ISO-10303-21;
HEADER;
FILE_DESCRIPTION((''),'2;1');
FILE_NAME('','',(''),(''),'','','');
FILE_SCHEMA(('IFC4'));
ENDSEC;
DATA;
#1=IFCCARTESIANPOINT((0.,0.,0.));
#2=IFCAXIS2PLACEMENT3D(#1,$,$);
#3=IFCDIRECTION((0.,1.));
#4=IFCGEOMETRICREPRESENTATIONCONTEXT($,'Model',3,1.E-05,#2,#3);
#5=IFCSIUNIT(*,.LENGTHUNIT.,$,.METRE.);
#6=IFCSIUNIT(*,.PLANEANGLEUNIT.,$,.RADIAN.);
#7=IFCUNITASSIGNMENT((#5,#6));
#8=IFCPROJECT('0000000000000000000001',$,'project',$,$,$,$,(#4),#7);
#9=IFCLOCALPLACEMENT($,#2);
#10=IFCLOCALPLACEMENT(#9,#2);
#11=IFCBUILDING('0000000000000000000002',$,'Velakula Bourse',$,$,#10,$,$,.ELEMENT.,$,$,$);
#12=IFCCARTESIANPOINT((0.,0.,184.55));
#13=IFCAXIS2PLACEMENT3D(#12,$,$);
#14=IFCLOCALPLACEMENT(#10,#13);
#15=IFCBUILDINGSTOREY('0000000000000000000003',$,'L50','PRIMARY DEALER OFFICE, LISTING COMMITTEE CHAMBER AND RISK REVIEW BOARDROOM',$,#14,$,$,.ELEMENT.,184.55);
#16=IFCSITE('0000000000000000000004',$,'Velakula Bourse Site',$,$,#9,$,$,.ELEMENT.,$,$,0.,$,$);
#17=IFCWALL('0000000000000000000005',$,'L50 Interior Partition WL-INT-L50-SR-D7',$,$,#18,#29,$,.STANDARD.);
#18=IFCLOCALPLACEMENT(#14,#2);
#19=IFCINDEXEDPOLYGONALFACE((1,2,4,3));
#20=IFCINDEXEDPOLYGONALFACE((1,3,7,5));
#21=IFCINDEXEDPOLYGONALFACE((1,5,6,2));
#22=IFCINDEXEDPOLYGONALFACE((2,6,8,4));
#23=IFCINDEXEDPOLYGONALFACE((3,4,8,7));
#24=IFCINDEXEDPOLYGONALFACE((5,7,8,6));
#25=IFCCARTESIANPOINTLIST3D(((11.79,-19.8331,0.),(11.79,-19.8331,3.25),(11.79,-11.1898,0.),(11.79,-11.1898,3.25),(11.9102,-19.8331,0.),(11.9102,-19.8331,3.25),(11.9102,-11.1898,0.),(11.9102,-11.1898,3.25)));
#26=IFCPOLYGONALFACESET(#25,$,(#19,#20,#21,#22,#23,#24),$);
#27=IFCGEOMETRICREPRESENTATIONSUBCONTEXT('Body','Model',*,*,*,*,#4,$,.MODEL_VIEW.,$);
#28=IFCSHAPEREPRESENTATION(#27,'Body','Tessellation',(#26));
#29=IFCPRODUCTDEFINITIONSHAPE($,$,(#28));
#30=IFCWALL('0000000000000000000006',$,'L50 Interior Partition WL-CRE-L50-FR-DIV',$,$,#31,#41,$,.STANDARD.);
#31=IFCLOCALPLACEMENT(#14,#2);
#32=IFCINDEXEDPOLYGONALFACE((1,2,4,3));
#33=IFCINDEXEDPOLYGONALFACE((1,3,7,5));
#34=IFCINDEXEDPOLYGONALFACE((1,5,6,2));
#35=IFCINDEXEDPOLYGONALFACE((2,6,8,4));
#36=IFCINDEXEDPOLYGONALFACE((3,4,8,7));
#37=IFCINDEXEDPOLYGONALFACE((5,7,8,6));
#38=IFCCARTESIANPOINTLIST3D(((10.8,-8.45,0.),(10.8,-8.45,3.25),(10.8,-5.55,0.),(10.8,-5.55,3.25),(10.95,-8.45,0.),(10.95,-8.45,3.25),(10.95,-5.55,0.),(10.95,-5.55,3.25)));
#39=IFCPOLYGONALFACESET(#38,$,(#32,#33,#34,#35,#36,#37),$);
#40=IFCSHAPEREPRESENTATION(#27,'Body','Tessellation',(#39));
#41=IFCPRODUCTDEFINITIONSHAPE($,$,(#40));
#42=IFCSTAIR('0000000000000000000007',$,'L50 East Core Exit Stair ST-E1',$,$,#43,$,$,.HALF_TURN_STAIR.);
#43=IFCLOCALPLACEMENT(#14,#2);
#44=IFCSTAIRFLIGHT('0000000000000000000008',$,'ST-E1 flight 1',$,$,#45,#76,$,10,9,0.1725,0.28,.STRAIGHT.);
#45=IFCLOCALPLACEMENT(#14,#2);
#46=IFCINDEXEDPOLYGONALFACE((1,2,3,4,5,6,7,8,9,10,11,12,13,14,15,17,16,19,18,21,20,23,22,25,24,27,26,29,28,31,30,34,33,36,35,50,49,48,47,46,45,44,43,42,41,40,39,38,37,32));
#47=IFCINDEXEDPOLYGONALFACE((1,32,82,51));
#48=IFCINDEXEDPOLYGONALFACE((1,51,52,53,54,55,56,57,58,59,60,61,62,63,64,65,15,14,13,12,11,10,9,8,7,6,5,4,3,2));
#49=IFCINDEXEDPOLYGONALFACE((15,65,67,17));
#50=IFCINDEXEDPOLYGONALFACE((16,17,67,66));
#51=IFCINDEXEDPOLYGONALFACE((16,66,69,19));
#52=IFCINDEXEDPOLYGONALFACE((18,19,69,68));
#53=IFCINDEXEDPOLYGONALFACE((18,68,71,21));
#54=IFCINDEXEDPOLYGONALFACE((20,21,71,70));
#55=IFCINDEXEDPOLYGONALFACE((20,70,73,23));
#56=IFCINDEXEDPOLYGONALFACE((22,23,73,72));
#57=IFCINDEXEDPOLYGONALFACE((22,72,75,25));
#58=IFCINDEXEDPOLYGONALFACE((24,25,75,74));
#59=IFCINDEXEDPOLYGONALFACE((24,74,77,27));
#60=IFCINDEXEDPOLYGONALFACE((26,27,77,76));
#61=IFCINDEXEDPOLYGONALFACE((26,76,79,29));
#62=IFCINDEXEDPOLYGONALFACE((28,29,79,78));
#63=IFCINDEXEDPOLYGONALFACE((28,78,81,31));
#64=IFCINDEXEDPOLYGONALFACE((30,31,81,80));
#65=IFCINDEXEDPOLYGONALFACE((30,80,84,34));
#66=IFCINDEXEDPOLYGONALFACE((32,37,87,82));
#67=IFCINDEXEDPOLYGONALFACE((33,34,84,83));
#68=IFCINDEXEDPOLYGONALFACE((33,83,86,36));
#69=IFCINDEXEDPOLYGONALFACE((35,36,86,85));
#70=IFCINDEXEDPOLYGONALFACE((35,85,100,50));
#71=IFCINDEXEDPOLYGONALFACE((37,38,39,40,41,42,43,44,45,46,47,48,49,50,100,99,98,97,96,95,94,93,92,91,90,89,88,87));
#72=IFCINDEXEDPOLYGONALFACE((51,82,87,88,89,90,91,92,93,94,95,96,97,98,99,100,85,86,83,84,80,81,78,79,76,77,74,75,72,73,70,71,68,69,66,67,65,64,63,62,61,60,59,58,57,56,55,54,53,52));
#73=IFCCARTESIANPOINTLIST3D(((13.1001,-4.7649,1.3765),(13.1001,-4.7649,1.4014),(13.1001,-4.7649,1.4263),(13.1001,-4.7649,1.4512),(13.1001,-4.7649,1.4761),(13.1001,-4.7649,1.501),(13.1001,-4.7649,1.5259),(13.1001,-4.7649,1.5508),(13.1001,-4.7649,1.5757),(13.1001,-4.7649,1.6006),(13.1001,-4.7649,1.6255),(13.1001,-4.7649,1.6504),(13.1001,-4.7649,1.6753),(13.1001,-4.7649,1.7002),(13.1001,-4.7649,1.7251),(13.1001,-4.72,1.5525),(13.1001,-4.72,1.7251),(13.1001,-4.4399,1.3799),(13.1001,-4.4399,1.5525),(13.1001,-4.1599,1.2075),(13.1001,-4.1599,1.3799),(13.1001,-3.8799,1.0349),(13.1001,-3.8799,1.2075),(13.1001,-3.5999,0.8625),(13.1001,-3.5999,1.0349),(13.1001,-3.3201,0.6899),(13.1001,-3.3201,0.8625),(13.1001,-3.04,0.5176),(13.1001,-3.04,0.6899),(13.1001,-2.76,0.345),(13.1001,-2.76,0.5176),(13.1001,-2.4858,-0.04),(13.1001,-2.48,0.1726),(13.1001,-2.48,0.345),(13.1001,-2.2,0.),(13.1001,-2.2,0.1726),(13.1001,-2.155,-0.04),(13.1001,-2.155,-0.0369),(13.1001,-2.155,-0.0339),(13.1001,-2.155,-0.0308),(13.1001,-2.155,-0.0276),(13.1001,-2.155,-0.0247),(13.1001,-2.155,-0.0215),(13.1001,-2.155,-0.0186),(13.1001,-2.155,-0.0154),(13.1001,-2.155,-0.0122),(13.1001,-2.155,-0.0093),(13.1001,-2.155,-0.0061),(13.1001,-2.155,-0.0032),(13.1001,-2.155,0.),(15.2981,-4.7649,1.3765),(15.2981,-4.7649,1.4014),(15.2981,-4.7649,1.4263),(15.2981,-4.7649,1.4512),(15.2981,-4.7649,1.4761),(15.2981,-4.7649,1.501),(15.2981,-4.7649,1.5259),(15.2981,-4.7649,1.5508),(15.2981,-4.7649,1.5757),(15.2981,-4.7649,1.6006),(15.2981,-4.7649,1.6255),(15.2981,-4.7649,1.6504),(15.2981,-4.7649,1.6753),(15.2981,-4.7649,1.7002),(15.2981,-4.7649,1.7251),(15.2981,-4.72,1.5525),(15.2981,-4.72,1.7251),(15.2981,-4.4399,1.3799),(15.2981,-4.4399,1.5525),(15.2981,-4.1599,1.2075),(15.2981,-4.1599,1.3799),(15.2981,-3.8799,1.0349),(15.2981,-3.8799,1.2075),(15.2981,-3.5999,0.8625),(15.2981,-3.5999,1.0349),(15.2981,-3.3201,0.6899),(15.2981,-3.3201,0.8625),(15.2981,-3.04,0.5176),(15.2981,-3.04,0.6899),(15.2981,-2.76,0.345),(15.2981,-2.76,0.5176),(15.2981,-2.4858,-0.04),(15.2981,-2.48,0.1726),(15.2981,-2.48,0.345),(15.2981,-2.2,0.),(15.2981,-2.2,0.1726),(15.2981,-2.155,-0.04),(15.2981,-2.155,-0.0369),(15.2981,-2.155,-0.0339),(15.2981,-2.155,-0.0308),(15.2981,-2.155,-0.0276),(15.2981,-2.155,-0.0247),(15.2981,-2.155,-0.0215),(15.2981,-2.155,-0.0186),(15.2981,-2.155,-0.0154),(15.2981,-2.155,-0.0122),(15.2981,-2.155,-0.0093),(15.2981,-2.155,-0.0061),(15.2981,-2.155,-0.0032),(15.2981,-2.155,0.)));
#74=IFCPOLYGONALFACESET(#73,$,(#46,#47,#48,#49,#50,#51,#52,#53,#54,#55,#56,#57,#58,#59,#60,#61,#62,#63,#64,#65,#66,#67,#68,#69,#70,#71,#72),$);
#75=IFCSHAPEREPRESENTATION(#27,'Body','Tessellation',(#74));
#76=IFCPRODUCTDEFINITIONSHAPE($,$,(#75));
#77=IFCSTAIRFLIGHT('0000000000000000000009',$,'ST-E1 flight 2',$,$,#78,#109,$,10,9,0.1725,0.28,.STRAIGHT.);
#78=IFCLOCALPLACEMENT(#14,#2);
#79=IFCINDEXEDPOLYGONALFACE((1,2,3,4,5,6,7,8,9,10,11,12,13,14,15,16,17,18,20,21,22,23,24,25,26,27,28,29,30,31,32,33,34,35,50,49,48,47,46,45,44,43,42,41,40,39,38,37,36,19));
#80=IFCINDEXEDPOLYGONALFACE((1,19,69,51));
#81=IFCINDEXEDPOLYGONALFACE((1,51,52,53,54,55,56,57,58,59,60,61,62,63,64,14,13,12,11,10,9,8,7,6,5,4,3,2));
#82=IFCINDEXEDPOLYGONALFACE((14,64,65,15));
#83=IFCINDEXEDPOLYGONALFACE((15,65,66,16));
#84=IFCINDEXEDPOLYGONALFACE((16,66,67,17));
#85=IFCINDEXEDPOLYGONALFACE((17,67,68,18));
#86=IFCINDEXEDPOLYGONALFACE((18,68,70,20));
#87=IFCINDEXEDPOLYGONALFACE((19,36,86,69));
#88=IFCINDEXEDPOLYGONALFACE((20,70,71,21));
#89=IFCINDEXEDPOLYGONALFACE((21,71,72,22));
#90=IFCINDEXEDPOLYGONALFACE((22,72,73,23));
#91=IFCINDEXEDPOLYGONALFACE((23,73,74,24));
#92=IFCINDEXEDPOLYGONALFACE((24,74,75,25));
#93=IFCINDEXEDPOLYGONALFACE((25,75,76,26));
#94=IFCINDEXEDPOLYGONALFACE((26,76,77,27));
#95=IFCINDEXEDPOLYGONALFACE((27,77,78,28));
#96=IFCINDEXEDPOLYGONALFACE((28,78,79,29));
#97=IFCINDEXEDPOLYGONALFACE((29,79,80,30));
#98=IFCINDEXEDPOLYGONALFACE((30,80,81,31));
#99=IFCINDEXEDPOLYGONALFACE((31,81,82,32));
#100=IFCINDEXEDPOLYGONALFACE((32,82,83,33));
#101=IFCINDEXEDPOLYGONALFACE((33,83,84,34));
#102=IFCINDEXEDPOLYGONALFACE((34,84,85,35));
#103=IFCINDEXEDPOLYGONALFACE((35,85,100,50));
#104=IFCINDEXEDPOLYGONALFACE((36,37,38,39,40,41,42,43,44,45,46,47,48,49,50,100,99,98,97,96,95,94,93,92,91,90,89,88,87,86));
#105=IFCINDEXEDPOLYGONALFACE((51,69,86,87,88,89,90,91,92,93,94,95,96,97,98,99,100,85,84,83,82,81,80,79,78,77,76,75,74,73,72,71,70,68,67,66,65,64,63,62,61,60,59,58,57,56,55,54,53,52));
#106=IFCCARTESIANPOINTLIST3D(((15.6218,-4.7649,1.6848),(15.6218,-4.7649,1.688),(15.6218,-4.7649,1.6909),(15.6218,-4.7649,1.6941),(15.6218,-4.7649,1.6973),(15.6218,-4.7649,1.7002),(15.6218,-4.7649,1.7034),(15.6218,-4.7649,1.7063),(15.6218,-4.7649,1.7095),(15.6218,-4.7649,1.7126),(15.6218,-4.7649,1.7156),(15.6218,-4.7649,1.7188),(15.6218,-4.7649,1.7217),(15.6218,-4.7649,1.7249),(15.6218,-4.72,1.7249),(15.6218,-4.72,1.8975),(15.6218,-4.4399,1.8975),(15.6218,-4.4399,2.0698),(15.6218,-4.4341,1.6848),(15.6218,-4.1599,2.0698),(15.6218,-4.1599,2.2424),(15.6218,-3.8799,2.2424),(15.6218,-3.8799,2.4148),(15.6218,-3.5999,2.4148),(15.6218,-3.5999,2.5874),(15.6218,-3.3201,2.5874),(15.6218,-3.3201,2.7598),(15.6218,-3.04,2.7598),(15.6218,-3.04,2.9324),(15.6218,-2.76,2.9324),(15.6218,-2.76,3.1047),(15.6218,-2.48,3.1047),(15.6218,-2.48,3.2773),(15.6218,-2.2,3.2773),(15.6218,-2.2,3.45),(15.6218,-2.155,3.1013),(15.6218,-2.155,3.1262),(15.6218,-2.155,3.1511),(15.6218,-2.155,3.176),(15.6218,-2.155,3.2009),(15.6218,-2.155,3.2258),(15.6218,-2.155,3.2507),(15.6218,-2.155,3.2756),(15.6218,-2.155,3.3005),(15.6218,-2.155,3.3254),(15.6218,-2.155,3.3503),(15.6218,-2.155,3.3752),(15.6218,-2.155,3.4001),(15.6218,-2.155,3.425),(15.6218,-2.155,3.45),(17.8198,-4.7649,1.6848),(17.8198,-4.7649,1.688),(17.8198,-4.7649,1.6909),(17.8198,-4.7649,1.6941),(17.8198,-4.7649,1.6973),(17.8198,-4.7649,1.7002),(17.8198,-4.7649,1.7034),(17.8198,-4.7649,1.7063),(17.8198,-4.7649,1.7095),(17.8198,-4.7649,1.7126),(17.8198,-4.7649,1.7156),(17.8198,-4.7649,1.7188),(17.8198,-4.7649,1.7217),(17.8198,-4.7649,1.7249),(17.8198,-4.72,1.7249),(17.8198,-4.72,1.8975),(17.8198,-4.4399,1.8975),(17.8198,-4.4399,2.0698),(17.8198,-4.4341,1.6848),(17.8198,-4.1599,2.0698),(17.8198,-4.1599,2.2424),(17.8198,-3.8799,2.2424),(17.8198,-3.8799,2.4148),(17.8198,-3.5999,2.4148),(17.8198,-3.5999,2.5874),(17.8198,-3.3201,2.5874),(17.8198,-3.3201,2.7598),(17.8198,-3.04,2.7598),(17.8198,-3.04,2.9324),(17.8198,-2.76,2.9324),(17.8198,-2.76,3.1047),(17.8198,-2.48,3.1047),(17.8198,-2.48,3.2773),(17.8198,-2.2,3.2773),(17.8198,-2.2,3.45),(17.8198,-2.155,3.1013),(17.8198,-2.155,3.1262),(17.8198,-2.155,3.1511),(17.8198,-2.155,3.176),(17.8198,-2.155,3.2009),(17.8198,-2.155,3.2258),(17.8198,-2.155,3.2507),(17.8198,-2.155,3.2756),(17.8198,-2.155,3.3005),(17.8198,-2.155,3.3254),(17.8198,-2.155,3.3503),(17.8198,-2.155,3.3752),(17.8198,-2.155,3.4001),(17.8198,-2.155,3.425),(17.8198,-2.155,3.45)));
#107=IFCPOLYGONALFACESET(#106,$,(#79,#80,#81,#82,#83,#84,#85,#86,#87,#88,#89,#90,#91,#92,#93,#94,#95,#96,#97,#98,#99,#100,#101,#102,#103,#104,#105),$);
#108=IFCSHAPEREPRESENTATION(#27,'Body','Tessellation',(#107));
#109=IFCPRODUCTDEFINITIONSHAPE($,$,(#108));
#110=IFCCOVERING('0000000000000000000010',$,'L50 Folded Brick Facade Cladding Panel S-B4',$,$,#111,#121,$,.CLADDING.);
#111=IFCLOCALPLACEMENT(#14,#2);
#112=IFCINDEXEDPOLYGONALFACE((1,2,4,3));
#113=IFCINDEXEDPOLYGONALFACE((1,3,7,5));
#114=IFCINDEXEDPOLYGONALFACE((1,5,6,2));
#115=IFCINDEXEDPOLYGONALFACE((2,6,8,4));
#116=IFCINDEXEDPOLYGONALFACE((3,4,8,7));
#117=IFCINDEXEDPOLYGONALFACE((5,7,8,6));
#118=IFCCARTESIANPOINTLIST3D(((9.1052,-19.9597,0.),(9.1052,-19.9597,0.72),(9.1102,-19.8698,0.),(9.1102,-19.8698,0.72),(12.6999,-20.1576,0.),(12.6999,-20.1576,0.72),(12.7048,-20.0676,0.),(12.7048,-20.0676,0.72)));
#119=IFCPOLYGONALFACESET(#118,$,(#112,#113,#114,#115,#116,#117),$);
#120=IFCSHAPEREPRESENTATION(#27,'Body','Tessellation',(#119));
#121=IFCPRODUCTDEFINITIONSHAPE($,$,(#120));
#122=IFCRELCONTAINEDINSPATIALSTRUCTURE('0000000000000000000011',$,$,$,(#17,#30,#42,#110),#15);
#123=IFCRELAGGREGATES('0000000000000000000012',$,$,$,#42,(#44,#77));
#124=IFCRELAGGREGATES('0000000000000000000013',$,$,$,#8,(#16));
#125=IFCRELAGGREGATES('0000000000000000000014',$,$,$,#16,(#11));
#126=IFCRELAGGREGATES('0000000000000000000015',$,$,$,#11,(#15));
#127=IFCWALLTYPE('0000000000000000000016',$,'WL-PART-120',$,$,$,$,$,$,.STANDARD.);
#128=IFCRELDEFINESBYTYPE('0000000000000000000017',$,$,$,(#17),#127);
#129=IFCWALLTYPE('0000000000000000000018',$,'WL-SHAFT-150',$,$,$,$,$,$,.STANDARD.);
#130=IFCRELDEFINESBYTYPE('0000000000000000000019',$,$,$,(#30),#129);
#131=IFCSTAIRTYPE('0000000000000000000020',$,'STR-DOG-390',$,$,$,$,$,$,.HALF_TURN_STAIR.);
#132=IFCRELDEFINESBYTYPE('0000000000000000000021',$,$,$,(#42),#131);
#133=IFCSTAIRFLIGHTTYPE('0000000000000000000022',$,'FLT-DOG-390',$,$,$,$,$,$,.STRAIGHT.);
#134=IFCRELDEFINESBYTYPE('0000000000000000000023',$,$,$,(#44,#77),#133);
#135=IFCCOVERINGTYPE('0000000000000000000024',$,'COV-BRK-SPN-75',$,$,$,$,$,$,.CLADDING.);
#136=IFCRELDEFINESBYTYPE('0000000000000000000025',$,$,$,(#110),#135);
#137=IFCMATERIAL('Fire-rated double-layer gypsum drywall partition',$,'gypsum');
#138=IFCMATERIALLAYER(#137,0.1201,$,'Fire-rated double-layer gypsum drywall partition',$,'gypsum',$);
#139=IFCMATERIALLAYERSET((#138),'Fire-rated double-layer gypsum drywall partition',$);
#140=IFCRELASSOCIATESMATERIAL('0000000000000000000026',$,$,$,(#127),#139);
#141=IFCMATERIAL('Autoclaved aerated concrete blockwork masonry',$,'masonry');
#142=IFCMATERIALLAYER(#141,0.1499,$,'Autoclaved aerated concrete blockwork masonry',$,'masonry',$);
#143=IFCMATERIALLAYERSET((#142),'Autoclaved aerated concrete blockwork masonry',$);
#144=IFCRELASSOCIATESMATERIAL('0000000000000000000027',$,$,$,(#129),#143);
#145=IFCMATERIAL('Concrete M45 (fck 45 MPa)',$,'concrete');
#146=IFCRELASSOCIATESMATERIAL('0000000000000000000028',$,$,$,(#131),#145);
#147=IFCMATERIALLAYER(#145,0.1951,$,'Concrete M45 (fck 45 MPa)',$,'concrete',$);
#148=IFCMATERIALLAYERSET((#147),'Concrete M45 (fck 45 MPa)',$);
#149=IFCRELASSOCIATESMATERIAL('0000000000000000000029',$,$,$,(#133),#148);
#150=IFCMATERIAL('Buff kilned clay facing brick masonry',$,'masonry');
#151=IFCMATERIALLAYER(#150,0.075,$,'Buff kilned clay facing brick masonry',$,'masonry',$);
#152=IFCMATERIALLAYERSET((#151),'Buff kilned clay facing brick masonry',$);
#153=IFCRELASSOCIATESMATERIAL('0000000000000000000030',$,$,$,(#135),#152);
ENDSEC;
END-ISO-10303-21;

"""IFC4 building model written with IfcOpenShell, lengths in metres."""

from ifc_helpers import new_model, si_unit, direction, frame, frame_2d, origin, origin_2d, place, context, subcontext, project, spatial, polyline, rectangle, outline, extrude, material, layer, layer_set, type_object, element, aggregate, save


model = new_model("IFC4")

# Units and contexts
model_context = context("Model", 3, precision=1e-05, world=origin(), true_north=direction((0.0, 1.0)))
body_context = subcontext(model_context, "Body", "Model", "MODEL_VIEW")
ifc_project = project(units=[si_unit("LENGTHUNIT", "METRE"), si_unit("PLANEANGLEUNIT", "RADIAN")], contexts=[model_context])

# Site, building, storey
site_placement = place(None, origin())
site = spatial("IfcSite", under=ifc_project, at=site_placement, Name="Velakula Bourse Site", CompositionType="ELEMENT", RefElevation=0.0)
building_placement = place(site_placement, origin())
building = spatial("IfcBuilding", under=site, at=building_placement, Name="Velakula Bourse", CompositionType="ELEMENT")
storey_placement = place(building_placement, frame((0.0, 0.0, 184.55)))
storey = spatial("IfcBuildingStorey", under=building, at=storey_placement, Name="L50", Description="PRIMARY DEALER OFFICE, LISTING COMMITTEE CHAMBER AND RISK REVIEW BOARDROOM", CompositionType="ELEMENT", Elevation=184.55)

# Wall
ifc_material_1 = material(Name="Fire-rated double-layer gypsum drywall partition", Category="gypsum")
ifc_layer_1 = layer(ifc_material_1, 0.1201, Name="Fire-rated double-layer gypsum drywall partition", Category="gypsum")
ifc_layer_set_1 = layer_set([ifc_layer_1], Name="Fire-rated double-layer gypsum drywall partition")
wall_type_1 = type_object("IfcWallType", Name="WL-PART-120", PredefinedType="STANDARD", material=ifc_layer_set_1)
wall_1_placement = place(storey_placement, frame((11.8501, -19.8333, 0.0), z_axis=(0.0, 0.0, 1.0), x_axis=(0.0, 1.0, 0.0)))
element("IfcWall", 1, at=wall_1_placement, inside=storey, type_object=wall_type_1, Name="L50 Interior Partition WL-INT-L50-SR-D7", PredefinedType="STANDARD", context=body_context, shape_type="SweptSolid", body=[
    extrude(rectangle(XDim=8.6433, YDim=0.1201, at=frame_2d((4.3218, 0.0))), origin(), (0.0, 0.0, 1.0), 3.25),
])

# Shared definitions
ifc_material_2 = material(Name="Autoclaved aerated concrete blockwork masonry", Category="masonry")
ifc_layer_2 = layer(ifc_material_2, 0.1499, Name="Autoclaved aerated concrete blockwork masonry", Category="masonry")
ifc_layer_set_2 = layer_set([ifc_layer_2], Name="Autoclaved aerated concrete blockwork masonry")
wall_type_2 = type_object("IfcWallType", Name="WL-SHAFT-150", PredefinedType="STANDARD", material=ifc_layer_set_2)

# Wall
wall_2_placement = place(storey_placement, frame((10.875, -8.45, 0.0), z_axis=(0.0, 0.0, 1.0), x_axis=(0.0, 1.0, 0.0)))
element("IfcWall", 2, at=wall_2_placement, inside=storey, type_object=wall_type_2, Name="L50 Interior Partition WL-CRE-L50-FR-DIV", PredefinedType="STANDARD", context=body_context, shape_type="SweptSolid", body=[
    extrude(rectangle(XDim=2.8999, YDim=0.1499, at=frame_2d((1.45, 0.0))), origin(), (0.0, 0.0, 1.0), 3.25),
])

# Stair, stair flights
ifc_material_3 = material(Name="Concrete M45 (fck 45 MPa)", Category="concrete")
stair_type = type_object("IfcStairType", Name="STR-DOG-390", PredefinedType="HALF_TURN_STAIR", material=ifc_material_3)
stair_placement = place(storey_placement, origin())
stair = element("IfcStair", 3, at=stair_placement, inside=storey, type_object=stair_type, Name="L50 East Core Exit Stair ST-E1", PredefinedType="HALF_TURN_STAIR")
ifc_layer_3 = layer(ifc_material_3, 0.1951, Name="Concrete M45 (fck 45 MPa)", Category="concrete")
ifc_layer_set_3 = layer_set([ifc_layer_3], Name="Concrete M45 (fck 45 MPa)")
stair_flight_type = type_object("IfcStairFlightType", Name="FLT-DOG-390", PredefinedType="STRAIGHT", material=ifc_layer_set_3)
stair_flight_1_placement = place(storey_placement, frame((14.199, -2.2, 0.0), z_axis=(0.0, 0.0, 1.0), x_axis=(0.0, -1.0, 0.0)))
stair_flight_1 = element("IfcStairFlight", 4, at=stair_flight_1_placement, type_object=stair_flight_type, Name="ST-E1 flight 1", NumberOfRisers=10, NumberOfTreads=9, PredefinedType="STRAIGHT", RiserHeight=0.1725, TreadLength=0.28, context=body_context, shape_type="SweptSolid", body=[
    extrude(outline(polyline([(-0.0449, -0.04), (-0.0449, -0.0369), (-0.0449, -0.0339), (-0.0449, -0.0308), (-0.0449, -0.0276), (-0.0449, -0.0247), (-0.0449, -0.0215), (-0.0449, -0.0186), (-0.0449, -0.0154), (-0.0449, -0.0122), (-0.0449, -0.0093), (-0.0449, -0.0061), (-0.0449, -0.0032), (-0.0449, 0.0), (0.0, 0.0), (0.0, 0.1726), (0.28, 0.1726), (0.28, 0.345), (0.5601, 0.345), (0.5601, 0.5176), (0.8401, 0.5176), (0.8401, 0.6899), (1.1201, 0.6899), (1.1201, 0.8625), (1.3999, 0.8625), (1.3999, 1.0349), (1.6799, 1.0349), (1.6799, 1.2075), (1.96, 1.2075), (1.96, 1.3799), (2.24, 1.3799), (2.24, 1.5525), (2.52, 1.5525), (2.52, 1.7251), (2.5649, 1.7251), (2.5649, 1.7002), (2.5649, 1.6753), (2.5649, 1.6504), (2.5649, 1.6255), (2.5649, 1.6006), (2.5649, 1.5757), (2.5649, 1.5508), (2.5649, 1.5259), (2.5649, 1.501), (2.5649, 1.4761), (2.5649, 1.4512), (2.5649, 1.4263), (2.5649, 1.4014), (2.5649, 1.3765), (0.2859, -0.04), (-0.0449, -0.04)])), frame((0.0, 1.0991, 0.0), z_axis=(0.0, -1.0, 0.0), x_axis=(1.0, 0.0, 0.0)), (0.0, 0.0, 1.0), 2.198),
])
stair_flight_2_placement = place(storey_placement, frame((16.7209, -4.72, 1.7249), z_axis=(0.0, 0.0, 1.0), x_axis=(0.0, 1.0, 0.0)))
stair_flight_2 = element("IfcStairFlight", 5, at=stair_flight_2_placement, type_object=stair_flight_type, Name="ST-E1 flight 2", NumberOfRisers=10, NumberOfTreads=9, PredefinedType="STRAIGHT", RiserHeight=0.1725, TreadLength=0.28, context=body_context, shape_type="SweptSolid", body=[
    extrude(outline(polyline([(-0.0449, -0.04), (-0.0449, -0.0369), (-0.0449, -0.0339), (-0.0449, -0.0308), (-0.0449, -0.0276), (-0.0449, -0.0247), (-0.0449, -0.0215), (-0.0449, -0.0186), (-0.0449, -0.0154), (-0.0449, -0.0122), (-0.0449, -0.0093), (-0.0449, -0.0061), (-0.0449, -0.0032), (-0.0449, 0.0), (0.0, 0.0), (0.0, 0.1726), (0.28, 0.1726), (0.28, 0.345), (0.5601, 0.345), (0.5601, 0.5176), (0.8401, 0.5176), (0.8401, 0.6899), (1.1201, 0.6899), (1.1201, 0.8625), (1.3999, 0.8625), (1.3999, 1.0349), (1.6799, 1.0349), (1.6799, 1.2075), (1.96, 1.2075), (1.96, 1.3799), (2.24, 1.3799), (2.24, 1.5525), (2.52, 1.5525), (2.52, 1.7251), (2.5649, 1.7251), (2.5649, 1.7002), (2.5649, 1.6753), (2.5649, 1.6504), (2.5649, 1.6255), (2.5649, 1.6006), (2.5649, 1.5757), (2.5649, 1.5508), (2.5649, 1.5259), (2.5649, 1.501), (2.5649, 1.4761), (2.5649, 1.4512), (2.5649, 1.4263), (2.5649, 1.4014), (2.5649, 1.3765), (0.2859, -0.04), (-0.0449, -0.04)])), frame((0.0, 1.0991, 0.0), z_axis=(0.0, -1.0, 0.0), x_axis=(1.0, 0.0, 0.0)), (0.0, 0.0, 1.0), 2.198),
])
aggregate(stair, [stair_flight_1, stair_flight_2])

# Covering
ifc_material_4 = material(Name="Buff kilned clay facing brick masonry", Category="masonry")
ifc_layer_4 = layer(ifc_material_4, 0.075, Name="Buff kilned clay facing brick masonry", Category="masonry")
ifc_layer_set_4 = layer_set([ifc_layer_4], Name="Buff kilned clay facing brick masonry")
covering_type = type_object("IfcCoveringType", Name="COV-BRK-SPN-75", PredefinedType="CLADDING", material=ifc_layer_set_4)
covering_placement = place(storey_placement, frame((10.905, -20.0137, 0.0), z_axis=(0.0, 0.0, 1.0), x_axis=(0.998489, -0.05495, 0.0)))
element("IfcCovering", 6, at=covering_placement, inside=storey, type_object=covering_type, Name="L50 Folded Brick Facade Cladding Panel S-B4", PredefinedType="CLADDING", context=body_context, shape_type="SweptSolid", body=[
    extrude(rectangle(XDim=3.6001, YDim=0.0901, at=origin_2d()), origin(), (0.0, 0.0, 1.0), 0.72),
])

save(model, "model.ifc")
